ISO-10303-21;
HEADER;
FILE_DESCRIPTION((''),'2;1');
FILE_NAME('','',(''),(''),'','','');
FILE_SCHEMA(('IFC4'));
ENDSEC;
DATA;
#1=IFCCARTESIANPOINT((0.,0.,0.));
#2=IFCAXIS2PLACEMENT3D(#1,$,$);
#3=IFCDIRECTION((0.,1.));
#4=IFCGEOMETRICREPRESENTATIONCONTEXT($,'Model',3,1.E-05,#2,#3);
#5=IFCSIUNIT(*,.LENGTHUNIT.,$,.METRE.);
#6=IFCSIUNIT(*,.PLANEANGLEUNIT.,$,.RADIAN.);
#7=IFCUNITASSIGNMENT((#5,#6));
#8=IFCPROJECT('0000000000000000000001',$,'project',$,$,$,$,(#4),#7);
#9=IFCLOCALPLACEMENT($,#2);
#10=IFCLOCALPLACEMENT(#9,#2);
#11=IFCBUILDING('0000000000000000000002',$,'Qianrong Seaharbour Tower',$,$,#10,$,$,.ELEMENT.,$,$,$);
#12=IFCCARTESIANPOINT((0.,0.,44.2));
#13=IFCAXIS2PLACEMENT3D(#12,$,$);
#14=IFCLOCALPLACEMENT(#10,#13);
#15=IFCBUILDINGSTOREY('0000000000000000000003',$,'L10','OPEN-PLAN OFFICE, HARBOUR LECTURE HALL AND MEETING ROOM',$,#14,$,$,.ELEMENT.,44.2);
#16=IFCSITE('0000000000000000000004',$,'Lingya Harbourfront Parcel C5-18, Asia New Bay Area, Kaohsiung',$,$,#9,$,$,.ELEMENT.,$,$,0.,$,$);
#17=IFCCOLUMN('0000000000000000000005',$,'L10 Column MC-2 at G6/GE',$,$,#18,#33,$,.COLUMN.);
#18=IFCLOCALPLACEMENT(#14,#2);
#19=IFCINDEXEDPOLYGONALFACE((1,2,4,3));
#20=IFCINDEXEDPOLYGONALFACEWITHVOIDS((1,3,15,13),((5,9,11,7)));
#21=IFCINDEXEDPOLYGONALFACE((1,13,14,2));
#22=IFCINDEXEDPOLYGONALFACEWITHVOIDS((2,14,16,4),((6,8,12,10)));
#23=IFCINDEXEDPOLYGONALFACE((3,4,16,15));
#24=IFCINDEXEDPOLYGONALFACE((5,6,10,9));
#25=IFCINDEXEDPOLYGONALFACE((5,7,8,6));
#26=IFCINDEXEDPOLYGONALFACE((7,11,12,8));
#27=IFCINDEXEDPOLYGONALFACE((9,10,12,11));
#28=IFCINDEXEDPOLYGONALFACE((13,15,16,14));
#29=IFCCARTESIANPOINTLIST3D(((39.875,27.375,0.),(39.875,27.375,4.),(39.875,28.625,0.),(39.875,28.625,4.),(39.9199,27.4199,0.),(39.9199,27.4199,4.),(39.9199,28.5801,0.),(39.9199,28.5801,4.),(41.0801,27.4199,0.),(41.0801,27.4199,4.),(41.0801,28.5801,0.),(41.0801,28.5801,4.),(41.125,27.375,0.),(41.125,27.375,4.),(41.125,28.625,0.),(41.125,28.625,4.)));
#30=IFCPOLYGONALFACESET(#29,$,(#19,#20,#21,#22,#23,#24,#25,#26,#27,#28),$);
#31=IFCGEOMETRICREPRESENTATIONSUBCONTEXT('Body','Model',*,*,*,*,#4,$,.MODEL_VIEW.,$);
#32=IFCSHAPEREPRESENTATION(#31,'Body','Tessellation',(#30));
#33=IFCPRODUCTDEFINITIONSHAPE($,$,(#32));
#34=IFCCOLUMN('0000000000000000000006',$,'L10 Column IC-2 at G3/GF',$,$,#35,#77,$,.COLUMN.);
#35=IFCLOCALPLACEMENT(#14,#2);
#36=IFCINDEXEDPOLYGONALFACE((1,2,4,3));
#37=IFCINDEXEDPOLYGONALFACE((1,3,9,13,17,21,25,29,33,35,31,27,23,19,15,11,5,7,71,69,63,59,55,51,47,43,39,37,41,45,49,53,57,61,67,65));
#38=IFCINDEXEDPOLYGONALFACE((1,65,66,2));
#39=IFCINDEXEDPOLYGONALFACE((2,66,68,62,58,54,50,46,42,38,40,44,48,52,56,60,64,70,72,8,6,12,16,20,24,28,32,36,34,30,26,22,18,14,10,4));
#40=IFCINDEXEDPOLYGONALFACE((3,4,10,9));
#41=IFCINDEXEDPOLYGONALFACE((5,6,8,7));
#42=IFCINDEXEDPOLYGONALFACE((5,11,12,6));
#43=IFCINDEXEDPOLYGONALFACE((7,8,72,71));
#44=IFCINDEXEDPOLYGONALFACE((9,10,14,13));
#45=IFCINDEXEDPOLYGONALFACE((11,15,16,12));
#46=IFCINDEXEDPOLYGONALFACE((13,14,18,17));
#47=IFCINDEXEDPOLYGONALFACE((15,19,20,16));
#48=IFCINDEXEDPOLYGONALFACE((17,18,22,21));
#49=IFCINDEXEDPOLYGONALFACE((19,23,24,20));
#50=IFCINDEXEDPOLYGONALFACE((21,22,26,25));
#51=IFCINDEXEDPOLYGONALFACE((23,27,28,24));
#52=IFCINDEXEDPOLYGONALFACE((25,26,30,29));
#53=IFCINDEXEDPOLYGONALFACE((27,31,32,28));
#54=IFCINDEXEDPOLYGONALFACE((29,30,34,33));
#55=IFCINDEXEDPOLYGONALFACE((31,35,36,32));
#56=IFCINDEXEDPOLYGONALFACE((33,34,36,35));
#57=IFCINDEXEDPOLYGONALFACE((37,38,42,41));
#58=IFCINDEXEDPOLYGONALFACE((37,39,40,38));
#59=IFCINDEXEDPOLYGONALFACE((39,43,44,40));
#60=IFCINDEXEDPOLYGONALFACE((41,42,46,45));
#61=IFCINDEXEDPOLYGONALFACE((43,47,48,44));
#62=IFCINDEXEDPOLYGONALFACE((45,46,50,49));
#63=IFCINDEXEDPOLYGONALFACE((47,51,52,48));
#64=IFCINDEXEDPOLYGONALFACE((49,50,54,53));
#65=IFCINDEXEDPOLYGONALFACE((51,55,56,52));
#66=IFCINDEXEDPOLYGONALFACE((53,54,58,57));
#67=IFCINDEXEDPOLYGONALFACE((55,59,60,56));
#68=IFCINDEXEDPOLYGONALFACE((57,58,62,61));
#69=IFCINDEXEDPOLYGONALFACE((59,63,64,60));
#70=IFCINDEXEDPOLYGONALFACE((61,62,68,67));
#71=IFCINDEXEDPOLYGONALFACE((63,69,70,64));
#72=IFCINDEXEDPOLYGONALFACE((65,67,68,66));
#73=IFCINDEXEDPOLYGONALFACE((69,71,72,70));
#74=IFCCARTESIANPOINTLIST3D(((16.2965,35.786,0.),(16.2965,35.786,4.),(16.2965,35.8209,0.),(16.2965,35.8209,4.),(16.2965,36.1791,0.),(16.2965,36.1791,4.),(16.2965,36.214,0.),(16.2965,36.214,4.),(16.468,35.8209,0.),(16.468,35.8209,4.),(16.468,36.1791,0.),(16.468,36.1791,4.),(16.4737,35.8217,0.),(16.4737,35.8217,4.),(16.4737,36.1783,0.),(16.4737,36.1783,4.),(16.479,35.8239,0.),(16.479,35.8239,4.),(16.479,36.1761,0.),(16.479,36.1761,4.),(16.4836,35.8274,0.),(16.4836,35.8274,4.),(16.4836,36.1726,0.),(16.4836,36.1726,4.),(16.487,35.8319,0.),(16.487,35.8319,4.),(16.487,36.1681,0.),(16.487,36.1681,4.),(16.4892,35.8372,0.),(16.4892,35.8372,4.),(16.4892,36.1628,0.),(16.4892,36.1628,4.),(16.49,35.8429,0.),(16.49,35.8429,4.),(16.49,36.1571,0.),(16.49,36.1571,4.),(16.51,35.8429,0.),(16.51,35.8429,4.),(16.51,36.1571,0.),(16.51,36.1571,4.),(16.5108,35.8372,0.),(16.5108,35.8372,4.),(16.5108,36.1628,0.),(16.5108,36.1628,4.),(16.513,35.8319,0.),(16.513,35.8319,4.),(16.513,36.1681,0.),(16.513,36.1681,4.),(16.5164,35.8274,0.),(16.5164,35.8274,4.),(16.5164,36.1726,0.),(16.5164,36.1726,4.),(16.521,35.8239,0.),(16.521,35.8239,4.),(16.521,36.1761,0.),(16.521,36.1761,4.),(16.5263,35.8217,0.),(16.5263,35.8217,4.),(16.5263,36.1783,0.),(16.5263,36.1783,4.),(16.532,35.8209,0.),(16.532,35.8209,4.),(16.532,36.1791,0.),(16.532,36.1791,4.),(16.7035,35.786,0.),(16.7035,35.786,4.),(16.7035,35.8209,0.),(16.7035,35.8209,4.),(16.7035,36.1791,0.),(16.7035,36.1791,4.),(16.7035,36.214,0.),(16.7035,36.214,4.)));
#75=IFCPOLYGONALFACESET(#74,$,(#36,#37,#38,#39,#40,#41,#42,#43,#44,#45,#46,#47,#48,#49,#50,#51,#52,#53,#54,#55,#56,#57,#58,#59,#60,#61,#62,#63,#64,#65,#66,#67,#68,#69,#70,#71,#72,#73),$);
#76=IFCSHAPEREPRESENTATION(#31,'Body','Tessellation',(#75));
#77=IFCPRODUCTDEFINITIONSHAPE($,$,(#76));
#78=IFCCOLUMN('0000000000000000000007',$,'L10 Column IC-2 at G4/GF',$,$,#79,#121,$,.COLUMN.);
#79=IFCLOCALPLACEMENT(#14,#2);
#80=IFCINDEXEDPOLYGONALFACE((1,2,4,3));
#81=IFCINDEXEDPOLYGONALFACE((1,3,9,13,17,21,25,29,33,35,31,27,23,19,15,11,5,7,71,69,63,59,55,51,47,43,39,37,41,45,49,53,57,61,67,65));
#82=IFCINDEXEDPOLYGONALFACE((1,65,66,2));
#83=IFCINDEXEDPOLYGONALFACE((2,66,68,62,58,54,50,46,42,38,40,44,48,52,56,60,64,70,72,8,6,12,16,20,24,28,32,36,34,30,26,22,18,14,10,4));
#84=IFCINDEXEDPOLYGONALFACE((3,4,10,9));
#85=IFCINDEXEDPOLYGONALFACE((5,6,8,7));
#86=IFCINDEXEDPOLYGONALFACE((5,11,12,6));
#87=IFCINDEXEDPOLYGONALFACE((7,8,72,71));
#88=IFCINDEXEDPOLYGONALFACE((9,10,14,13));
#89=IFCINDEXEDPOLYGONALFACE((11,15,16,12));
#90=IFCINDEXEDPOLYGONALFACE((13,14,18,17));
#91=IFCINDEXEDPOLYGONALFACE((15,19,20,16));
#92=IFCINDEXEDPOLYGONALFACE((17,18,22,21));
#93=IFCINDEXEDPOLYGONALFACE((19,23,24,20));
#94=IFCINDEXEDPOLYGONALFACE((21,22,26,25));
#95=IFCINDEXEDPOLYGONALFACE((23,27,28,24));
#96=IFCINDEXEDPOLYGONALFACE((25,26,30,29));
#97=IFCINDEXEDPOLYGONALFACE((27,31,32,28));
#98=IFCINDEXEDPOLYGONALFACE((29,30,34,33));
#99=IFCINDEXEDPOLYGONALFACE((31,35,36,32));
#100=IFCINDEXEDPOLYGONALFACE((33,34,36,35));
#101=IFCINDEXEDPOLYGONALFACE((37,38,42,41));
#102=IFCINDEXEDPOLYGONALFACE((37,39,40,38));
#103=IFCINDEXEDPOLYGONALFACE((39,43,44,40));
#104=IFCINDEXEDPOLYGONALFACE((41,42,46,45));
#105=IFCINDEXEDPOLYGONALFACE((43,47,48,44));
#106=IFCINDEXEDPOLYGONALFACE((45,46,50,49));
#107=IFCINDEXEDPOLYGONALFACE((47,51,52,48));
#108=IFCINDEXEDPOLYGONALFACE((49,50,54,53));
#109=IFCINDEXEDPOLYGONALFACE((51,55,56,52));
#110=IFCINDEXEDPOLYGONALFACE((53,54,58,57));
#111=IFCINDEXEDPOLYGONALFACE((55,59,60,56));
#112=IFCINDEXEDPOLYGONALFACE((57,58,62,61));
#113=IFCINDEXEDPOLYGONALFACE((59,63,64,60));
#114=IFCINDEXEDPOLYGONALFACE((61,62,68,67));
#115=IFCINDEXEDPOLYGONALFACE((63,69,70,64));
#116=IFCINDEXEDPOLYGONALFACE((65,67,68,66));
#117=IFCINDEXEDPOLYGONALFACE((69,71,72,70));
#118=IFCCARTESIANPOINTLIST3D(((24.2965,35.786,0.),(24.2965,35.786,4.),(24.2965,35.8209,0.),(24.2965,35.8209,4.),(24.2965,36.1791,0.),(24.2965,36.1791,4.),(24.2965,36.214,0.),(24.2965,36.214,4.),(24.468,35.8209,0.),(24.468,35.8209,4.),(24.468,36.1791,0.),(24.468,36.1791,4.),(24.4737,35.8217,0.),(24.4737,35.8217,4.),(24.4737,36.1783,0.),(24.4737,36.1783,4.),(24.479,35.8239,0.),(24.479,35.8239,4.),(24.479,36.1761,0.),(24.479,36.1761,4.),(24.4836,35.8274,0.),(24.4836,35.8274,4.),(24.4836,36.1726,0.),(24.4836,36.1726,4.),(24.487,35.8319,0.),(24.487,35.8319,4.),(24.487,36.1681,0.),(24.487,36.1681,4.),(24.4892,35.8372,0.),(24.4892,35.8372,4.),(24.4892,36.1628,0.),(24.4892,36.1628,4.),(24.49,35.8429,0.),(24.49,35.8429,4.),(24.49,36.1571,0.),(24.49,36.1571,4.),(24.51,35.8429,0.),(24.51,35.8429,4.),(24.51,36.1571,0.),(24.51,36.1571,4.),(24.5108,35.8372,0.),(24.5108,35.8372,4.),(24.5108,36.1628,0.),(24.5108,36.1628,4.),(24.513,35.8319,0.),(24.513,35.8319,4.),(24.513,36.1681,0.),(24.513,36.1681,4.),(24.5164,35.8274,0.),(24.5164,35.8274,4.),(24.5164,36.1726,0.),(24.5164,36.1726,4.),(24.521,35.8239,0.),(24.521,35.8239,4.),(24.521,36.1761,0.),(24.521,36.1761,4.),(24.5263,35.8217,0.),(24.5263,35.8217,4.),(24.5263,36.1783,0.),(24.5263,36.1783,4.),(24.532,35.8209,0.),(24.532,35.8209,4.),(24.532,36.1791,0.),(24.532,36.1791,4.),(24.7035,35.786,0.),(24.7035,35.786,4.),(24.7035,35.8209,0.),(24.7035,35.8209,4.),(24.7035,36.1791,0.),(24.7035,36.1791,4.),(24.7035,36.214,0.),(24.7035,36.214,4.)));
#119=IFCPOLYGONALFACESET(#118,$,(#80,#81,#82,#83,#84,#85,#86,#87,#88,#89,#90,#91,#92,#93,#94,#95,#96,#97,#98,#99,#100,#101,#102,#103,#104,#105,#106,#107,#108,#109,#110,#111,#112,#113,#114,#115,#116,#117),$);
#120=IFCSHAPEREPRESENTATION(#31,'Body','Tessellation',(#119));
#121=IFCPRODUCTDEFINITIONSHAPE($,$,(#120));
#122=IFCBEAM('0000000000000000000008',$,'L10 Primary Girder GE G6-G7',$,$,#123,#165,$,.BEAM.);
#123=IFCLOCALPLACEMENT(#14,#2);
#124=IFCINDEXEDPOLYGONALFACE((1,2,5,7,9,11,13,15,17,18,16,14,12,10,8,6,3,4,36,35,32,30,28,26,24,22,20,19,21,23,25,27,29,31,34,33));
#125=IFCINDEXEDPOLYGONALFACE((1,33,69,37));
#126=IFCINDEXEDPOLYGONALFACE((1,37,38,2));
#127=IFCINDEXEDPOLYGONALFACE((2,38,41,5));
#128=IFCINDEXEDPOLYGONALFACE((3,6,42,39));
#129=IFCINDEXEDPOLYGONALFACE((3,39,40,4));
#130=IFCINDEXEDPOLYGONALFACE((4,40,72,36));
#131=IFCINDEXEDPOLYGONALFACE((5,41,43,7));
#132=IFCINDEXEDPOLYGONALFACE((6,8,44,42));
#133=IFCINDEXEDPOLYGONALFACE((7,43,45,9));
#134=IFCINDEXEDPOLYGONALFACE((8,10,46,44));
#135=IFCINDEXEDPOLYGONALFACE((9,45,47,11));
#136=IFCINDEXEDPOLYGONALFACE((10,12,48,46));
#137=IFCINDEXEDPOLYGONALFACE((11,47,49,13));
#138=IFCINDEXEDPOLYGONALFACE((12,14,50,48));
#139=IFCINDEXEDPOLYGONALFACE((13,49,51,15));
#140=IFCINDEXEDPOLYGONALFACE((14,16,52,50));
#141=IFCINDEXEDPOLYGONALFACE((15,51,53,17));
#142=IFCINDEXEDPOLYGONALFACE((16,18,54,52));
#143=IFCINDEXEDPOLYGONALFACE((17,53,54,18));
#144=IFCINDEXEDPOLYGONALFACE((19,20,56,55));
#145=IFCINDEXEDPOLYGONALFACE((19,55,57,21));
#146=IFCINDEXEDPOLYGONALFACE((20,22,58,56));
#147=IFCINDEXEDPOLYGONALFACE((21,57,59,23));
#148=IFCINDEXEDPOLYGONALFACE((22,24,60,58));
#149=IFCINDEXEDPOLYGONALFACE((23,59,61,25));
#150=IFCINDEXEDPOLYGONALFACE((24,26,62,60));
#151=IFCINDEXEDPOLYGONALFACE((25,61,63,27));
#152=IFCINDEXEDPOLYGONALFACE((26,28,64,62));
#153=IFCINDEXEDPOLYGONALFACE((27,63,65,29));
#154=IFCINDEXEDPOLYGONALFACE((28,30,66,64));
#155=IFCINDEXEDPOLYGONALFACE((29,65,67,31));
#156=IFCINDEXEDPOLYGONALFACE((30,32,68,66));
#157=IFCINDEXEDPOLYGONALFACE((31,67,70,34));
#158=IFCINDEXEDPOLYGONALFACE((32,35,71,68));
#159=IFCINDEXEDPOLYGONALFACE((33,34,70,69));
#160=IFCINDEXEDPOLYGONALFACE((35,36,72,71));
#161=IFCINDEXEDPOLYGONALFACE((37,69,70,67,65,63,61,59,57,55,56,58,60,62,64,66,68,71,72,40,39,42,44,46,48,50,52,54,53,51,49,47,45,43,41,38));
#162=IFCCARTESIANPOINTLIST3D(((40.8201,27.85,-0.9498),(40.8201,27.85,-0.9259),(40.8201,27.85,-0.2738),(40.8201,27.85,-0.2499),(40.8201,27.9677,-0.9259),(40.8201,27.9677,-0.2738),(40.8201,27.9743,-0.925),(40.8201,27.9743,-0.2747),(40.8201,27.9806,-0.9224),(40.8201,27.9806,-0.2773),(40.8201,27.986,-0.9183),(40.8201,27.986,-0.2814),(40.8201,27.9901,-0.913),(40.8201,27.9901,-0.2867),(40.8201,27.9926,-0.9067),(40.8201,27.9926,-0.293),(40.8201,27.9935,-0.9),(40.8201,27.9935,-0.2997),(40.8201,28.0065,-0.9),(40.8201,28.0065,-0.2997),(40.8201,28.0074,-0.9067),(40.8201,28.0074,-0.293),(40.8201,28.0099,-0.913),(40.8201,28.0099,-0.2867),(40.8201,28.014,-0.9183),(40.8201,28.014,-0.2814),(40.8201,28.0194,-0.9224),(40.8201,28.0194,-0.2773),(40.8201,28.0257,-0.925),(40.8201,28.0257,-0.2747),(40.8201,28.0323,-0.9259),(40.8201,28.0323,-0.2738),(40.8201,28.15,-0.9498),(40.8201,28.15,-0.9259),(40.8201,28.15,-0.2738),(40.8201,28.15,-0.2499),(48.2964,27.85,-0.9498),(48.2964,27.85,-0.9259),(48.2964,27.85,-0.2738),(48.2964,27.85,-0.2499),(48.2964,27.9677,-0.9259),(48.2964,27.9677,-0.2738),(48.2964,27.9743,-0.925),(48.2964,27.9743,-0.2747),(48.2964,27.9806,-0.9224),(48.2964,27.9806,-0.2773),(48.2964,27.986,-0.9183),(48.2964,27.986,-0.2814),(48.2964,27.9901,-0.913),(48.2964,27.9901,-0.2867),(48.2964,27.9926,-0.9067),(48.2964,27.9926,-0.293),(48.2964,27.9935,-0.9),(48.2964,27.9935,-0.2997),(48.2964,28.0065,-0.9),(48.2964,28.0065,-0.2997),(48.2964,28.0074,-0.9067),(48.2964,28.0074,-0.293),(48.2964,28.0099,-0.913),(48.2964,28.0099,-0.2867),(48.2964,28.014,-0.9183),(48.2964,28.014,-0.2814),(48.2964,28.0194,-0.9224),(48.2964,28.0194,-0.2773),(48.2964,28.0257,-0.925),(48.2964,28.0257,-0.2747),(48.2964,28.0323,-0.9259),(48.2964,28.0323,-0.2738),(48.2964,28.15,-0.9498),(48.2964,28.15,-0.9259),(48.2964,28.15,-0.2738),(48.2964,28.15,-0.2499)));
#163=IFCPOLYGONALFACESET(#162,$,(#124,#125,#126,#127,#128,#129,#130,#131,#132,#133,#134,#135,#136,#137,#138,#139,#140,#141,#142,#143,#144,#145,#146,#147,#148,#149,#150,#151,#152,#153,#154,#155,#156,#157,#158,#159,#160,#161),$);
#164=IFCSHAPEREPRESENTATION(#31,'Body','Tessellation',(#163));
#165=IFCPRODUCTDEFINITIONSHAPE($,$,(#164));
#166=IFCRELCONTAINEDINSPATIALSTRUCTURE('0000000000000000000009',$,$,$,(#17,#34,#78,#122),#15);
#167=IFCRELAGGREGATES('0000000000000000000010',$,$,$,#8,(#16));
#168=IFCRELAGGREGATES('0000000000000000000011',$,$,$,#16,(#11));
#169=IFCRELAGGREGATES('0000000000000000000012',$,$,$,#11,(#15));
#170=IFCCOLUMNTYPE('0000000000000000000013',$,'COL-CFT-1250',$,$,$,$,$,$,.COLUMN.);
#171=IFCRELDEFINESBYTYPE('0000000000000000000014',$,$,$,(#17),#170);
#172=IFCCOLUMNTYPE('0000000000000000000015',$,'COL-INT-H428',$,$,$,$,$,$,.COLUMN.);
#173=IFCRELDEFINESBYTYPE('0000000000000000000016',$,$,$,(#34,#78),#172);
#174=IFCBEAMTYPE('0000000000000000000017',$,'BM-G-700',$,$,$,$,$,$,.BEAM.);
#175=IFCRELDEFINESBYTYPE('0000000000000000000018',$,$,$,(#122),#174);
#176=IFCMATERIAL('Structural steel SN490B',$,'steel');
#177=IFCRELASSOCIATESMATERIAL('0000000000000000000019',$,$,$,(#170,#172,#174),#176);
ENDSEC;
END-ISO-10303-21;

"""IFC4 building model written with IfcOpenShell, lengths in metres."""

from ifc_helpers import new_model, si_unit, direction, frame, origin, origin_2d, place, context, subcontext, project, spatial, hollow_rectangle, i_section, extrude, material, material_profile, profile_set, type_object, element, save


model = new_model("IFC4")

# Units and contexts
model_context = context("Model", 3, precision=1e-05, world=origin(), true_north=direction((0.0, 1.0)))
body_context = subcontext(model_context, "Body", "Model", "MODEL_VIEW")
ifc_project = project(units=[si_unit("LENGTHUNIT", "METRE"), si_unit("PLANEANGLEUNIT", "RADIAN")], contexts=[model_context])

# Site, building, storey
site_placement = place(None, origin())
site = spatial("IfcSite", under=ifc_project, at=site_placement, Name="Lingya Harbourfront Parcel C5-18, Asia New Bay Area, Kaohsiung", CompositionType="ELEMENT", RefElevation=0.0)
building_placement = place(site_placement, origin())
building = spatial("IfcBuilding", under=site, at=building_placement, Name="Qianrong Seaharbour Tower", CompositionType="ELEMENT")
storey_placement = place(building_placement, frame((0.0, 0.0, 44.2)))
storey = spatial("IfcBuildingStorey", under=building, at=storey_placement, Name="L10", Description="OPEN-PLAN OFFICE, HARBOUR LECTURE HALL AND MEETING ROOM", CompositionType="ELEMENT", Elevation=44.2)

# Columns
ifc_material_1 = material(Name="Structural steel SN490B", Category="steel")
ifc_material_profile_1 = material_profile(ifc_material_1, hollow_rectangle(XDim=1.25, YDim=1.25, WallThickness=0.0449, at=origin_2d()), Name="BOX1250x1250x45")
ifc_profile_set_1 = profile_set([ifc_material_profile_1], Name="Structural steel SN490B")
column_type_1 = type_object("IfcColumnType", Name="COL-CFT-1250", PredefinedType="COLUMN", material=ifc_profile_set_1)
column_placement = place(storey_placement, frame((40.5, 28.0, 0.0), z_axis=(0.0, 0.0, 1.0), x_axis=(1.0, 0.0, 0.0)))
element("IfcColumn", 1, at=column_placement, inside=storey, type_object=column_type_1, Name="L10 Column MC-2 at G6/GE", PredefinedType="COLUMN", context=body_context, shape_type="SweptSolid", body=[
    extrude(hollow_rectangle(XDim=1.25, YDim=1.25, WallThickness=0.0449, at=origin_2d()), origin(), (0.0, 0.0, 1.0), 4.0),
])
ifc_material_profile_2 = material_profile(ifc_material_1, i_section(OverallWidth=0.407, OverallDepth=0.428, WebThickness=0.02, FlangeThickness=0.0349, FilletRadius=0.022, at=origin_2d()), Name="H428x407x20x35")
ifc_profile_set_2 = profile_set([ifc_material_profile_2], Name="Structural steel SN490B")
column_type_2 = type_object("IfcColumnType", Name="COL-INT-H428", PredefinedType="COLUMN", material=ifc_profile_set_2)
for number, where, z_axis, x_axis, name in (
    (2, (16.5, 36.0, 0.0), (0.0, 0.0, 1.0), (1.0, 0.0, 0.0), "L10 Column IC-2 at G3/GF"),
    (3, (24.5, 36.0, 0.0), (0.0, 0.0, 1.0), (1.0, 0.0, 0.0), "L10 Column IC-2 at G4/GF"),
):
    element("IfcColumn", number, at=place(storey_placement, frame(where, z_axis=z_axis, x_axis=x_axis)), inside=storey, type_object=column_type_2, Name=name, PredefinedType="COLUMN", context=body_context, shape_type="SweptSolid", body=[
        extrude(i_section(OverallWidth=0.407, OverallDepth=0.428, WebThickness=0.02, FlangeThickness=0.0349, FilletRadius=0.022, at=origin_2d()), origin(), (0.0, 0.0, 1.0), 4.0),
    ])

# Beam
ifc_material_profile_3 = material_profile(ifc_material_1, i_section(OverallWidth=0.3, OverallDepth=0.7, WebThickness=0.0129, FlangeThickness=0.0239, FilletRadius=0.0259, at=origin_2d()), Name="H700x300x13x24")
ifc_profile_set_3 = profile_set([ifc_material_profile_3], Name="Structural steel SN490B")
beam_type_1 = type_object("IfcBeamType", Name="BM-G-700", PredefinedType="BEAM", material=ifc_profile_set_3)
beam_1_placement = place(storey_placement, frame((40.8201, 28.0, -0.5999), z_axis=(1.0, 0.0, 0.0), x_axis=(0.0, 1.0, 0.0)))
element("IfcBeam", 4, at=beam_1_placement, inside=storey, type_object=beam_type_1, Name="L10 Primary Girder GE G6-G7", PredefinedType="BEAM", context=body_context, shape_type="SweptSolid", body=[
    extrude(i_section(OverallWidth=0.3, OverallDepth=0.7, WebThickness=0.0129, FlangeThickness=0.0239, FilletRadius=0.0259, at=origin_2d()), origin(), (0.0, 0.0, 1.0), 7.4763),
])

save(model, "model.ifc")
